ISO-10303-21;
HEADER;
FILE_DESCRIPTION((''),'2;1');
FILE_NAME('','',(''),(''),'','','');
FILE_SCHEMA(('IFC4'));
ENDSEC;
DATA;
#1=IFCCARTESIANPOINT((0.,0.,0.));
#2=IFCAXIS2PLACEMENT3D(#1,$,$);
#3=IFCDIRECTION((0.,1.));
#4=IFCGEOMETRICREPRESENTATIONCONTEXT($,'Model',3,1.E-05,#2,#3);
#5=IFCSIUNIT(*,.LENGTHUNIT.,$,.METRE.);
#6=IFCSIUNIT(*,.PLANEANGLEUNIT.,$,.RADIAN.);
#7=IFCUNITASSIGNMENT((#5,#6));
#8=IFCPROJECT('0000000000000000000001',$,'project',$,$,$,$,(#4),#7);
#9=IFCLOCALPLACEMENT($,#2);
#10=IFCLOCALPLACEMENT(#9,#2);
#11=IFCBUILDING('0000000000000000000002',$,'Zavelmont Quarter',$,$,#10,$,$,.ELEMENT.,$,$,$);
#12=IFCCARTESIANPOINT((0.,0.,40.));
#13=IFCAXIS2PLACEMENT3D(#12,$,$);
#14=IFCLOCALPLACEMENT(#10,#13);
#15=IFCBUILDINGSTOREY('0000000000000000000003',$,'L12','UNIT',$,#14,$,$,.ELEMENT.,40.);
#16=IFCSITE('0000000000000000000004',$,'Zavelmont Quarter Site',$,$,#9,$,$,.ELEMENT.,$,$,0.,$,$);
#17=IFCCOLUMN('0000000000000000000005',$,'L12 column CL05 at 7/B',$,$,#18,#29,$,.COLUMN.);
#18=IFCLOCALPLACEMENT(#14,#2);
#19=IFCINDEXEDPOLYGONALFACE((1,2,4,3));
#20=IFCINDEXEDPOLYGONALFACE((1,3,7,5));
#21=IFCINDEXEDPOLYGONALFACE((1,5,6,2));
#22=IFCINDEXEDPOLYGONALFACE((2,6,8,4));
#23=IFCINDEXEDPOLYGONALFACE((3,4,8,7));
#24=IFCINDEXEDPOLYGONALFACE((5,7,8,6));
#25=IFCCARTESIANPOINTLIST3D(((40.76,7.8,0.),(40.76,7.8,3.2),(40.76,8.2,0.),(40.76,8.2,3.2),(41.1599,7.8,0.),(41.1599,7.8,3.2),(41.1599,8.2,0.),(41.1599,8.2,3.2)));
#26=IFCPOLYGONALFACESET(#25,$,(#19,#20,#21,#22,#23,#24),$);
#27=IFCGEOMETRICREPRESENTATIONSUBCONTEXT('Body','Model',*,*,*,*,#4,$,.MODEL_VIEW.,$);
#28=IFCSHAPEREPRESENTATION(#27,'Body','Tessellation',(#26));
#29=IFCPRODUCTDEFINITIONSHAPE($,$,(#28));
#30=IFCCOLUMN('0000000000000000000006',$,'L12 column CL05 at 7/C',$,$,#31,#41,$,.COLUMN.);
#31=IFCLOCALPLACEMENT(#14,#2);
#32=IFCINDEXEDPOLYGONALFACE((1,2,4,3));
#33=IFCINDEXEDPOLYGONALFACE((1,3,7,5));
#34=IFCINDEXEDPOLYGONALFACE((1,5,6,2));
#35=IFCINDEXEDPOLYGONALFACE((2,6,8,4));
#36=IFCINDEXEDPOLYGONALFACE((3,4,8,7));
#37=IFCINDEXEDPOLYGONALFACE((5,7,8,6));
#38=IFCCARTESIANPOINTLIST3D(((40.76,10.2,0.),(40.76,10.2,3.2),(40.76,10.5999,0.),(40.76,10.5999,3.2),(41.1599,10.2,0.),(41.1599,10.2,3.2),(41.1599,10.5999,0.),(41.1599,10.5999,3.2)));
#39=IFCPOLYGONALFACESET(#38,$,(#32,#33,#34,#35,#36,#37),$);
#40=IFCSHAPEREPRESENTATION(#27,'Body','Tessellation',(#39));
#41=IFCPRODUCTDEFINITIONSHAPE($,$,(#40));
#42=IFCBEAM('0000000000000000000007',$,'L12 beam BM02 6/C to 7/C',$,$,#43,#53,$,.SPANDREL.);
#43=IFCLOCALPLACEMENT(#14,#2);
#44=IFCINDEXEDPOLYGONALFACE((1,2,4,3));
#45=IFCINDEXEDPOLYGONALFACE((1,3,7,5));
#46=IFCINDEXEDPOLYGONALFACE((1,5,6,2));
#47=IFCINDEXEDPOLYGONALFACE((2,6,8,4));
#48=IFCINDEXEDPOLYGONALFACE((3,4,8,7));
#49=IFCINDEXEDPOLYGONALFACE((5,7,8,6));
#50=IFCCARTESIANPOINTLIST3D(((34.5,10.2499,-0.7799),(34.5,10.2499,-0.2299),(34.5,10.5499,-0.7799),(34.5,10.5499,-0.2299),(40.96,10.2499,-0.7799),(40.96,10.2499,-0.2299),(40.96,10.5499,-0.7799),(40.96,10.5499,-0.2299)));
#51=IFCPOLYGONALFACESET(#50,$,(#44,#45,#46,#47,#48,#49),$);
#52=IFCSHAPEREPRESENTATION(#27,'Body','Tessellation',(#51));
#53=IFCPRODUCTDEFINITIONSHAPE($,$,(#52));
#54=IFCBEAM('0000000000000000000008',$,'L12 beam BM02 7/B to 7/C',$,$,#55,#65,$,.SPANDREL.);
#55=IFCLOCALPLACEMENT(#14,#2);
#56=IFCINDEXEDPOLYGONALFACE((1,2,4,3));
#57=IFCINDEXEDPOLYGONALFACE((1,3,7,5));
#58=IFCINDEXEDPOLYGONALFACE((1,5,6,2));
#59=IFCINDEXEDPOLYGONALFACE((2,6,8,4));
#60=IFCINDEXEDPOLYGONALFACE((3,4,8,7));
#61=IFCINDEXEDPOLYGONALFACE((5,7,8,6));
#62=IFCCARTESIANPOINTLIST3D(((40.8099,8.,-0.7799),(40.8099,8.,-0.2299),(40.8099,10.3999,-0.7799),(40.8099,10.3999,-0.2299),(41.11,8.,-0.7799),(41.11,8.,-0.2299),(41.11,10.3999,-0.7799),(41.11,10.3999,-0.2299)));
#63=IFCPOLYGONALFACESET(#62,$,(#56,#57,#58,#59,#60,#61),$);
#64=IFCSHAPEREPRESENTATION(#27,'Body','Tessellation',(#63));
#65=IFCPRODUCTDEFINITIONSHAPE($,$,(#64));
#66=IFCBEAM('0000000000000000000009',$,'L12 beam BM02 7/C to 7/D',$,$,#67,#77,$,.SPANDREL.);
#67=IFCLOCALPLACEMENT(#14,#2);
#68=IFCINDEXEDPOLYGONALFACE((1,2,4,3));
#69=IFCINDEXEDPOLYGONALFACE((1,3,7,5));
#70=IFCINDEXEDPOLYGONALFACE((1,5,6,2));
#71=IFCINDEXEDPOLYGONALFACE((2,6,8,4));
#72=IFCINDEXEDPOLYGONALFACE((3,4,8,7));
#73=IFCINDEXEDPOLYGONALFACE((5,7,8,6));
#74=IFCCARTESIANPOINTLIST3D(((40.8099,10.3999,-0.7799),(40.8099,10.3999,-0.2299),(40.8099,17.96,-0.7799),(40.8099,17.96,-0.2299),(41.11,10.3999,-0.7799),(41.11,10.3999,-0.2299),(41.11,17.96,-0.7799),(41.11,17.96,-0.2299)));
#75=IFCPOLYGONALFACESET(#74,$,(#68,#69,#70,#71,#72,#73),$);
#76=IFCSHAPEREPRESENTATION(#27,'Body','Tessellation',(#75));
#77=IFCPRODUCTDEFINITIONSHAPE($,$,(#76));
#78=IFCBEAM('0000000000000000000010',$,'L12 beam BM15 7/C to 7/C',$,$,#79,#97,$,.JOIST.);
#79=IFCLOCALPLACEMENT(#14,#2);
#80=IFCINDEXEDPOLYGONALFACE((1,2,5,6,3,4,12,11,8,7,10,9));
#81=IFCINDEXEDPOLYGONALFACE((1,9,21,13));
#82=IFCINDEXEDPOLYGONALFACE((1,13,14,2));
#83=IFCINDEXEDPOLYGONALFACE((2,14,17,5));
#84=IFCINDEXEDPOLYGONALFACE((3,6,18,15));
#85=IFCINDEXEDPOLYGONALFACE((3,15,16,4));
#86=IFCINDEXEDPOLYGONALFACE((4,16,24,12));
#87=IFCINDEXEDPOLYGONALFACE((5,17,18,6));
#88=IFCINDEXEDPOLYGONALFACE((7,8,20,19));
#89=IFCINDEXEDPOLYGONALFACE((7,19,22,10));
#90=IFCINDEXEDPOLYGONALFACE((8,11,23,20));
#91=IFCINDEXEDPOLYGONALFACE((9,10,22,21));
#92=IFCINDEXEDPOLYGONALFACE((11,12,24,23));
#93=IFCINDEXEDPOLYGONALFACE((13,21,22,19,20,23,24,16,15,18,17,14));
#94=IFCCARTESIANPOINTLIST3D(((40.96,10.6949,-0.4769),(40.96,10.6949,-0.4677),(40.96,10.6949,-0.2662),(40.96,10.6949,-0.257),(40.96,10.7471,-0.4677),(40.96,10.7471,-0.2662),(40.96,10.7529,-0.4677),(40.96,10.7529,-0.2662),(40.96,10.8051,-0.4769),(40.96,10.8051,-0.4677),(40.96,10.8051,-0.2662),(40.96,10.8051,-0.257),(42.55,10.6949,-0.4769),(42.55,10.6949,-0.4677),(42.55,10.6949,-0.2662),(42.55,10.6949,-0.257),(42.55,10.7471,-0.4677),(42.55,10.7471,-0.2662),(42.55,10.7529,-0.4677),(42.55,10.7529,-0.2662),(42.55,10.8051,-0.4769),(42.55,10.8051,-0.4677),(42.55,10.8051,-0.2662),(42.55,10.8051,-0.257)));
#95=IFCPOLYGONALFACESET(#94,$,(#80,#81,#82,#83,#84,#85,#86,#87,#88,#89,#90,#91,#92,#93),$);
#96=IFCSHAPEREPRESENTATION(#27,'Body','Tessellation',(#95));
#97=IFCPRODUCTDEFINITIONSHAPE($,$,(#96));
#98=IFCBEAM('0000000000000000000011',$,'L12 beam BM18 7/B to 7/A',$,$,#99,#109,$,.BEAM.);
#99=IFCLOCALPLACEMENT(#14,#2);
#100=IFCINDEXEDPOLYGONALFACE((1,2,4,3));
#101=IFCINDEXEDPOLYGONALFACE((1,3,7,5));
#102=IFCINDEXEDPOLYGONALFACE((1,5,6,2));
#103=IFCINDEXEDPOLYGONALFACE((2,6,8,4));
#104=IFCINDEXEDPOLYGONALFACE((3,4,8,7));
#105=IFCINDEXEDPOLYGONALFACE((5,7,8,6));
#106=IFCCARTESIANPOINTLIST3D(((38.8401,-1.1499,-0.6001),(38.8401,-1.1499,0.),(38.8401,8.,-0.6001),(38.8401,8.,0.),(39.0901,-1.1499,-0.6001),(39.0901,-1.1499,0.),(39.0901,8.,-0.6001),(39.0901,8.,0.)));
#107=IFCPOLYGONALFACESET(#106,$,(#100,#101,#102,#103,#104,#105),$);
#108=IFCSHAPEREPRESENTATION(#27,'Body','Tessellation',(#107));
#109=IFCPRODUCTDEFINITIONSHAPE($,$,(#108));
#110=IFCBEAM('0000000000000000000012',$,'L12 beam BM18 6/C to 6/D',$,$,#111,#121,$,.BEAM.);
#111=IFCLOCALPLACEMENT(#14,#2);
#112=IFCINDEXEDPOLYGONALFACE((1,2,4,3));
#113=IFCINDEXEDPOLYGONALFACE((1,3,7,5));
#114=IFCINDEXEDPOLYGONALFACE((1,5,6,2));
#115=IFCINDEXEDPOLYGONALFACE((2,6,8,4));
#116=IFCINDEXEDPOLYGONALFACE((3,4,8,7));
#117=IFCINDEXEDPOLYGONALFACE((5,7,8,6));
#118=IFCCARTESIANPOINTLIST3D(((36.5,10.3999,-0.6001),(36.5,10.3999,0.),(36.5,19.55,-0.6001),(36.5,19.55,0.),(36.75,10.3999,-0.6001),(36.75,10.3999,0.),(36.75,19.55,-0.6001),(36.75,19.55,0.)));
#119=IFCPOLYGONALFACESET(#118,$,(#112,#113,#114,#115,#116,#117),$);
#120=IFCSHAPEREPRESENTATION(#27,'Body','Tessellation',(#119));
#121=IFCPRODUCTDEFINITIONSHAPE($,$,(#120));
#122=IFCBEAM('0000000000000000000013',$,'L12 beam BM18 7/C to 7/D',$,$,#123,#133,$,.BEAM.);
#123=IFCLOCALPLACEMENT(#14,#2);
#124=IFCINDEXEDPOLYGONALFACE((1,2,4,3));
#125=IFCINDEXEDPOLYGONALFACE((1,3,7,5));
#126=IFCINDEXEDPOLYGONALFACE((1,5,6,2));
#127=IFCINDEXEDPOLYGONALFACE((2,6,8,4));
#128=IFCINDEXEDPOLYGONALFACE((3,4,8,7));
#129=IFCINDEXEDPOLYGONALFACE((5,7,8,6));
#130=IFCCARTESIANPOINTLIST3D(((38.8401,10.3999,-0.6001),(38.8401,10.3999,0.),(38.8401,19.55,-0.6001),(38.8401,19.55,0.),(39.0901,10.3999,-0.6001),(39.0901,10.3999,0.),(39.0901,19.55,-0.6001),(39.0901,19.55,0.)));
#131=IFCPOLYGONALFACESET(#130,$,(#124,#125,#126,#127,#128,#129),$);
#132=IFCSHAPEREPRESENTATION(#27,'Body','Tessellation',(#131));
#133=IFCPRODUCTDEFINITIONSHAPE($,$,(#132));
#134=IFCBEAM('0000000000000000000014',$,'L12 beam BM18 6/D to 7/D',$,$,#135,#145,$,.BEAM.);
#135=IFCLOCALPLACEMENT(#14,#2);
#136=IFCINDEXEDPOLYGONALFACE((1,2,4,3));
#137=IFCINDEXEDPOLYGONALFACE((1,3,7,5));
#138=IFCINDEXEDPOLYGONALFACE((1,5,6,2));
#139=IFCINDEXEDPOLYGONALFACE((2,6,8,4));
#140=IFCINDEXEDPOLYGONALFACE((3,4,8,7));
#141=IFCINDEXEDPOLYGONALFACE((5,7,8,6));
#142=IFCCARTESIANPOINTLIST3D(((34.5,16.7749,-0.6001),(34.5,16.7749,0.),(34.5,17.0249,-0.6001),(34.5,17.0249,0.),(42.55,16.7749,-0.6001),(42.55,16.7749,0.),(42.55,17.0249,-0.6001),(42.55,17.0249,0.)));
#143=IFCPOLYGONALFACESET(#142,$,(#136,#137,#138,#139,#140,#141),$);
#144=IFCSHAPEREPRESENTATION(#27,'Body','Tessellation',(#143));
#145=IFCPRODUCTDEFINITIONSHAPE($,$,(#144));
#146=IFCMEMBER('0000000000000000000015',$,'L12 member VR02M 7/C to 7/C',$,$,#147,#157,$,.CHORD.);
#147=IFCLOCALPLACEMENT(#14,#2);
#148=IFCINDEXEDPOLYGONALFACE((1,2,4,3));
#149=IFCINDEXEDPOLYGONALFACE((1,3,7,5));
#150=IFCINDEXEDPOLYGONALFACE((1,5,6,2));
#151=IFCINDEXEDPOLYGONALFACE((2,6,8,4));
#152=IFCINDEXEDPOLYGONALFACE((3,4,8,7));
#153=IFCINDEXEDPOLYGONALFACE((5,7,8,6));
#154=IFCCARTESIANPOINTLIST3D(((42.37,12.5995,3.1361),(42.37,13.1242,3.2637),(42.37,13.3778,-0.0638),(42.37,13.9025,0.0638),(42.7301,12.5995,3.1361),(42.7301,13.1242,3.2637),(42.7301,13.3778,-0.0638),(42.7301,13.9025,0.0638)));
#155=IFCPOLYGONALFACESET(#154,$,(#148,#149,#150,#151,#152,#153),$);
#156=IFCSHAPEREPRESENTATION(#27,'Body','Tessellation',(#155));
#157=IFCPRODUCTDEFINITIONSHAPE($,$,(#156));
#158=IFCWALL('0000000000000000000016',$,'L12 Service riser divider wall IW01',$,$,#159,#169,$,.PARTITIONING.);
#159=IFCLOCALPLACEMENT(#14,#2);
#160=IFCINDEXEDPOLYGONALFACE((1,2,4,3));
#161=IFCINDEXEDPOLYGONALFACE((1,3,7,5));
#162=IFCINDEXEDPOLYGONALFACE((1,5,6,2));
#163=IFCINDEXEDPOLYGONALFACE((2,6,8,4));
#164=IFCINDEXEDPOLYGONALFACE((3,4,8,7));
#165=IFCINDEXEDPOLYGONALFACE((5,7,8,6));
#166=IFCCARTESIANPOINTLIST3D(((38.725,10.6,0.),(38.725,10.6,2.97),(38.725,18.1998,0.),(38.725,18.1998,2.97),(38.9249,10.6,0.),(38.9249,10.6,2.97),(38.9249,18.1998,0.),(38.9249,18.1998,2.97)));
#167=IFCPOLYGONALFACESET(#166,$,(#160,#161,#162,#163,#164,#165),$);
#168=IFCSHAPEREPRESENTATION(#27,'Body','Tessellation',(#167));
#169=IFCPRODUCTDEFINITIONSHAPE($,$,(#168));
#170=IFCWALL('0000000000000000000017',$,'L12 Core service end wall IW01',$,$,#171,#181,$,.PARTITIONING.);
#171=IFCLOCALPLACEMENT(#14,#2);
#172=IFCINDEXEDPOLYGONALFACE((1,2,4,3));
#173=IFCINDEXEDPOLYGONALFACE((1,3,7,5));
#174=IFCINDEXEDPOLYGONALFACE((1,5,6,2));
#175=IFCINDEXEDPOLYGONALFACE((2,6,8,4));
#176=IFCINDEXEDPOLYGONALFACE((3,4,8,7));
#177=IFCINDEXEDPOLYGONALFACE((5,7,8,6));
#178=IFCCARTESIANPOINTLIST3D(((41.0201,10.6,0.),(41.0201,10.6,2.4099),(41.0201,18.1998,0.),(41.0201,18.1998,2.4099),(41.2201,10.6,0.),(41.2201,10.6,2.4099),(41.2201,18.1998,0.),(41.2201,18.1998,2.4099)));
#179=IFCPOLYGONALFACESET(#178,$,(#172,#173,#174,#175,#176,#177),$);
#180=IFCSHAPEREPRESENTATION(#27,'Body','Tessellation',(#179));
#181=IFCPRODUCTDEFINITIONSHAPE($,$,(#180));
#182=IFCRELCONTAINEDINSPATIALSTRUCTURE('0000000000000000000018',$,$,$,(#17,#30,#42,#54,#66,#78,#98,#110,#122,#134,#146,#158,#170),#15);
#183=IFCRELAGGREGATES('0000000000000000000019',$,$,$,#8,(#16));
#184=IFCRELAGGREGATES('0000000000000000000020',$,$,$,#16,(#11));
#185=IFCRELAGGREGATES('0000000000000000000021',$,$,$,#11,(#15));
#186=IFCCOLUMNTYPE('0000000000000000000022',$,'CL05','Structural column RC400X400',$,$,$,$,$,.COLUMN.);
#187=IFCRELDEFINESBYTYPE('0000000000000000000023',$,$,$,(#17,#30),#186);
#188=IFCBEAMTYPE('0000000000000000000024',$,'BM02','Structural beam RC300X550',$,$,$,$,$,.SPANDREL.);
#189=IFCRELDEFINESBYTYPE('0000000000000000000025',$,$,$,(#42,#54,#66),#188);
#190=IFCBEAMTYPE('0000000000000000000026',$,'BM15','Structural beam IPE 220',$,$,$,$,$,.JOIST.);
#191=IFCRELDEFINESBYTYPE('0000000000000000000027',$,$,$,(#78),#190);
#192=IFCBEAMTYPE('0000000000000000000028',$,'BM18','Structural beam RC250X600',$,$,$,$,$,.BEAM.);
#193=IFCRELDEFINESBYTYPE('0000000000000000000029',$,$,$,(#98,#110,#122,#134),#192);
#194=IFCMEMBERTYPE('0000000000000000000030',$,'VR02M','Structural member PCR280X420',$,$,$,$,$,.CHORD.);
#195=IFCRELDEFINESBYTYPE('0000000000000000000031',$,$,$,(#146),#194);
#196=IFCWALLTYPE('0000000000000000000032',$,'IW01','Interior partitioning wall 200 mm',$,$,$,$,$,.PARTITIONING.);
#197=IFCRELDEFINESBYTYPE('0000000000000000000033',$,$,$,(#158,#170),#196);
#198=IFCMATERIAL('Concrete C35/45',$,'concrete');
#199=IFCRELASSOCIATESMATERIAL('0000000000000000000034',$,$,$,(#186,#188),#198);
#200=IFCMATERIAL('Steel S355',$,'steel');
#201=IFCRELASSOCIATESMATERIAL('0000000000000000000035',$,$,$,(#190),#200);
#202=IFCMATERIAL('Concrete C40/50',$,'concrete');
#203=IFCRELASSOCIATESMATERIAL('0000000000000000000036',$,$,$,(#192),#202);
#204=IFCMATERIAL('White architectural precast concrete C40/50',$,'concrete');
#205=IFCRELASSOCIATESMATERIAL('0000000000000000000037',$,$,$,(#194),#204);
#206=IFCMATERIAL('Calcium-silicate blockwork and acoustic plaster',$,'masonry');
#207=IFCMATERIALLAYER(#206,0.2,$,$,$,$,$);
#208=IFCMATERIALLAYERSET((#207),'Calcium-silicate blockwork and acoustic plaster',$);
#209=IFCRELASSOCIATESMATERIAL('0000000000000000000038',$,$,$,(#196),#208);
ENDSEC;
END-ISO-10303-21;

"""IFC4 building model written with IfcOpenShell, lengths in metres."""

from ifc_helpers import new_model, si_unit, direction, frame, frame_2d, origin, origin_2d, place, context, subcontext, project, spatial, rectangle, i_section, extrude, material, layer, layer_set, material_profile, profile_set, type_object, element, save


model = new_model("IFC4")

# Units and contexts
model_context = context("Model", 3, precision=1e-05, world=origin(), true_north=direction((0.0, 1.0)))
body_context = subcontext(model_context, "Body", "Model", "MODEL_VIEW")
ifc_project = project(units=[si_unit("LENGTHUNIT", "METRE"), si_unit("PLANEANGLEUNIT", "RADIAN")], contexts=[model_context])

# Site, building, storey
site_placement = place(None, origin())
site = spatial("IfcSite", under=ifc_project, at=site_placement, Name="Zavelmont Quarter Site", CompositionType="ELEMENT", RefElevation=0.0)
building_placement = place(site_placement, origin())
building = spatial("IfcBuilding", under=site, at=building_placement, Name="Zavelmont Quarter", CompositionType="ELEMENT")
storey_placement = place(building_placement, frame((0.0, 0.0, 40.0)))
storey = spatial("IfcBuildingStorey", under=building, at=storey_placement, Name="L12", Description="UNIT", CompositionType="ELEMENT", Elevation=40.0)

# Columns
ifc_material_1 = material(Name="Concrete C35/45", Category="concrete")
ifc_material_profile_1 = material_profile(ifc_material_1, rectangle(XDim=0.3999, YDim=0.3999, at=origin_2d()), Name="RC400X400")
ifc_profile_set_1 = profile_set([ifc_material_profile_1], Name="Concrete C35/45")
column_type = type_object("IfcColumnType", Name="CL05", Description="Structural column RC400X400", PredefinedType="COLUMN", material=ifc_profile_set_1)
for number, where, z_axis, x_axis, name in (
    (1, (40.96, 8.0, 0.0), (0.0, 0.0, 1.0), (1.0, 0.0, 0.0), "L12 column CL05 at 7/B"),
    (2, (40.96, 10.3999, 0.0), (0.0, 0.0, 1.0), (1.0, 0.0, 0.0), "L12 column CL05 at 7/C"),
):
    element("IfcColumn", number, at=place(storey_placement, frame(where, z_axis=z_axis, x_axis=x_axis)), inside=storey, type_object=column_type, Name=name, PredefinedType="COLUMN", context=body_context, shape_type="SweptSolid", body=[
        extrude(rectangle(XDim=0.3999, YDim=0.3999, at=origin_2d()), origin(), (0.0, 0.0, 1.0), 3.2),
    ])

# Beams
ifc_material_profile_2 = material_profile(ifc_material_1, rectangle(XDim=0.3, YDim=0.55, at=origin_2d()), Name="RC300X550")
ifc_profile_set_2 = profile_set([ifc_material_profile_2], Name="Concrete C35/45")
beam_type_1 = type_object("IfcBeamType", Name="BM02", Description="Structural beam RC300X550", PredefinedType="SPANDREL", material=ifc_profile_set_2)
beam_1_placement = place(storey_placement, frame((34.5, 10.3999, -0.5049), z_axis=(1.0, 0.0, 0.0), x_axis=(0.0, 1.0, 0.0)))
element("IfcBeam", 3, at=beam_1_placement, inside=storey, type_object=beam_type_1, Name="L12 beam BM02 6/C to 7/C", PredefinedType="SPANDREL", context=body_context, shape_type="SweptSolid", body=[
    extrude(rectangle(XDim=0.3, YDim=0.55, at=origin_2d()), origin(), (0.0, 0.0, 1.0), 6.46),
])
beam_2_placement = place(storey_placement, frame((40.96, 8.0, -0.5049), z_axis=(0.0, 1.0, 0.0), x_axis=(-1.0, 0.0, 0.0)))
element("IfcBeam", 4, at=beam_2_placement, inside=storey, type_object=beam_type_1, Name="L12 beam BM02 7/B to 7/C", PredefinedType="SPANDREL", context=body_context, shape_type="SweptSolid", body=[
    extrude(rectangle(XDim=0.3, YDim=0.55, at=origin_2d()), origin(), (0.0, 0.0, 1.0), 2.3999),
])
beam_3_placement = place(storey_placement, frame((40.96, 10.3999, -0.5049), z_axis=(0.0, 1.0, 0.0), x_axis=(-1.0, 0.0, 0.0)))
element("IfcBeam", 5, at=beam_3_placement, inside=storey, type_object=beam_type_1, Name="L12 beam BM02 7/C to 7/D", PredefinedType="SPANDREL", context=body_context, shape_type="SweptSolid", body=[
    extrude(rectangle(XDim=0.3, YDim=0.55, at=origin_2d()), origin(), (0.0, 0.0, 1.0), 7.5601),
])
ifc_material_2 = material(Name="Steel S355", Category="steel")
ifc_material_profile_3 = material_profile(ifc_material_2, i_section(OverallWidth=0.1101, OverallDepth=0.22, WebThickness=0.0059, FlangeThickness=0.0093, at=origin_2d()), Name="IPE 220")
ifc_profile_set_3 = profile_set([ifc_material_profile_3], Name="Steel S355")
beam_type_2 = type_object("IfcBeamType", Name="BM15", Description="Structural beam IPE 220", PredefinedType="JOIST", material=ifc_profile_set_3)
beam_4_placement = place(storey_placement, frame((40.96, 10.75, -0.3669), z_axis=(1.0, 0.0, 0.0), x_axis=(0.0, 1.0, 0.0)))
element("IfcBeam", 6, at=beam_4_placement, inside=storey, type_object=beam_type_2, Name="L12 beam BM15 7/C to 7/C", PredefinedType="JOIST", context=body_context, shape_type="SweptSolid", body=[
    extrude(i_section(OverallWidth=0.1101, OverallDepth=0.22, WebThickness=0.0059, FlangeThickness=0.0093, at=origin_2d()), origin(), (0.0, 0.0, 1.0), 1.5901),
])
ifc_material_3 = material(Name="Concrete C40/50", Category="concrete")
ifc_material_profile_4 = material_profile(ifc_material_3, rectangle(XDim=0.25, YDim=0.6001, at=origin_2d()), Name="RC250X600")
ifc_profile_set_4 = profile_set([ifc_material_profile_4], Name="Concrete C40/50")
beam_type_3 = type_object("IfcBeamType", Name="BM18", Description="Structural beam RC250X600", PredefinedType="BEAM", material=ifc_profile_set_4)
beam_5_placement = place(storey_placement, frame((38.9651, 8.0, -0.3), z_axis=(0.0, -1.0, 0.0), x_axis=(1.0, 0.0, 0.0)))
element("IfcBeam", 7, at=beam_5_placement, inside=storey, type_object=beam_type_3, Name="L12 beam BM18 7/B to 7/A", PredefinedType="BEAM", context=body_context, shape_type="SweptSolid", body=[
    extrude(rectangle(XDim=0.25, YDim=0.6001, at=origin_2d()), origin(), (0.0, 0.0, 1.0), 9.1499),
])
for number, where, z_axis, x_axis, name in (
    (8, (36.625, 10.3999, -0.3), (0.0, 1.0, 0.0), (-1.0, 0.0, 0.0), "L12 beam BM18 6/C to 6/D"),
    (9, (38.9651, 10.3999, -0.3), (0.0, 1.0, 0.0), (-1.0, 0.0, 0.0), "L12 beam BM18 7/C to 7/D"),
):
    element("IfcBeam", number, at=place(storey_placement, frame(where, z_axis=z_axis, x_axis=x_axis)), inside=storey, type_object=beam_type_3, Name=name, PredefinedType="BEAM", context=body_context, shape_type="SweptSolid", body=[
        extrude(rectangle(XDim=0.25, YDim=0.6001, at=origin_2d()), origin(), (0.0, 0.0, 1.0), 9.1501),
    ])
beam_6_placement = place(storey_placement, frame((34.5, 16.8999, -0.3), z_axis=(1.0, 0.0, 0.0), x_axis=(0.0, 1.0, 0.0)))
element("IfcBeam", 10, at=beam_6_placement, inside=storey, type_object=beam_type_3, Name="L12 beam BM18 6/D to 7/D", PredefinedType="BEAM", context=body_context, shape_type="SweptSolid", body=[
    extrude(rectangle(XDim=0.25, YDim=0.6001, at=origin_2d()), origin(), (0.0, 0.0, 1.0), 8.05),
])

# Member
ifc_material_4 = material(Name="White architectural precast concrete C40/50", Category="concrete")
ifc_material_profile_5 = material_profile(ifc_material_4, rectangle(XDim=0.3601, YDim=0.54, at=origin_2d()), Name="PCR280X420")
ifc_profile_set_5 = profile_set([ifc_material_profile_5], Name="White architectural precast concrete C40/50")
member_type = type_object("IfcMemberType", Name="VR02M", Description="Structural member PCR280X420", PredefinedType="CHORD", material=ifc_profile_set_5)
member_placement = place(storey_placement, frame((42.55, 13.6401, 0.0), z_axis=(0.0, -0.236338, 0.971671), x_axis=(1.0, 0.0, 0.0)))
element("IfcMember", 11, at=member_placement, inside=storey, type_object=member_type, Name="L12 member VR02M 7/C to 7/C", PredefinedType="CHORD", context=body_context, shape_type="SweptSolid", body=[
    extrude(rectangle(XDim=0.3601, YDim=0.54, at=origin_2d()), origin(), (0.0, 0.0, 1.0), 3.2932),
])

# Walls
ifc_material_5 = material(Name="Calcium-silicate blockwork and acoustic plaster", Category="masonry")
ifc_layer_1 = layer(ifc_material_5, 0.2)
ifc_layer_set_1 = layer_set([ifc_layer_1], Name="Calcium-silicate blockwork and acoustic plaster")
wall_type_1 = type_object("IfcWallType", Name="IW01", Description="Interior partitioning wall 200 mm", PredefinedType="PARTITIONING", material=ifc_layer_set_1)
wall_1_placement = place(storey_placement, frame((38.825, 10.6001, 0.0), z_axis=(0.0, 0.0, 1.0), x_axis=(0.0, 1.0, 0.0)))
element("IfcWall", 12, at=wall_1_placement, inside=storey, type_object=wall_type_1, Name="L12 Service riser divider wall IW01", PredefinedType="PARTITIONING", context=body_context, shape_type="SweptSolid", body=[
    extrude(rectangle(XDim=7.5999, YDim=0.2, at=frame_2d((3.7998, 0.0))), origin(), (0.0, 0.0, 1.0), 2.97),
])
wall_2_placement = place(storey_placement, frame((41.1201, 10.6001, 0.0), z_axis=(0.0, 0.0, 1.0), x_axis=(0.0, 1.0, 0.0)))
element("IfcWall", 13, at=wall_2_placement, inside=storey, type_object=wall_type_1, Name="L12 Core service end wall IW01", PredefinedType="PARTITIONING", context=body_context, shape_type="SweptSolid", body=[
    extrude(rectangle(XDim=7.5999, YDim=0.2, at=frame_2d((3.7998, 0.0))), origin(), (0.0, 0.0, 1.0), 2.4099),
])

save(model, "model.ifc")
